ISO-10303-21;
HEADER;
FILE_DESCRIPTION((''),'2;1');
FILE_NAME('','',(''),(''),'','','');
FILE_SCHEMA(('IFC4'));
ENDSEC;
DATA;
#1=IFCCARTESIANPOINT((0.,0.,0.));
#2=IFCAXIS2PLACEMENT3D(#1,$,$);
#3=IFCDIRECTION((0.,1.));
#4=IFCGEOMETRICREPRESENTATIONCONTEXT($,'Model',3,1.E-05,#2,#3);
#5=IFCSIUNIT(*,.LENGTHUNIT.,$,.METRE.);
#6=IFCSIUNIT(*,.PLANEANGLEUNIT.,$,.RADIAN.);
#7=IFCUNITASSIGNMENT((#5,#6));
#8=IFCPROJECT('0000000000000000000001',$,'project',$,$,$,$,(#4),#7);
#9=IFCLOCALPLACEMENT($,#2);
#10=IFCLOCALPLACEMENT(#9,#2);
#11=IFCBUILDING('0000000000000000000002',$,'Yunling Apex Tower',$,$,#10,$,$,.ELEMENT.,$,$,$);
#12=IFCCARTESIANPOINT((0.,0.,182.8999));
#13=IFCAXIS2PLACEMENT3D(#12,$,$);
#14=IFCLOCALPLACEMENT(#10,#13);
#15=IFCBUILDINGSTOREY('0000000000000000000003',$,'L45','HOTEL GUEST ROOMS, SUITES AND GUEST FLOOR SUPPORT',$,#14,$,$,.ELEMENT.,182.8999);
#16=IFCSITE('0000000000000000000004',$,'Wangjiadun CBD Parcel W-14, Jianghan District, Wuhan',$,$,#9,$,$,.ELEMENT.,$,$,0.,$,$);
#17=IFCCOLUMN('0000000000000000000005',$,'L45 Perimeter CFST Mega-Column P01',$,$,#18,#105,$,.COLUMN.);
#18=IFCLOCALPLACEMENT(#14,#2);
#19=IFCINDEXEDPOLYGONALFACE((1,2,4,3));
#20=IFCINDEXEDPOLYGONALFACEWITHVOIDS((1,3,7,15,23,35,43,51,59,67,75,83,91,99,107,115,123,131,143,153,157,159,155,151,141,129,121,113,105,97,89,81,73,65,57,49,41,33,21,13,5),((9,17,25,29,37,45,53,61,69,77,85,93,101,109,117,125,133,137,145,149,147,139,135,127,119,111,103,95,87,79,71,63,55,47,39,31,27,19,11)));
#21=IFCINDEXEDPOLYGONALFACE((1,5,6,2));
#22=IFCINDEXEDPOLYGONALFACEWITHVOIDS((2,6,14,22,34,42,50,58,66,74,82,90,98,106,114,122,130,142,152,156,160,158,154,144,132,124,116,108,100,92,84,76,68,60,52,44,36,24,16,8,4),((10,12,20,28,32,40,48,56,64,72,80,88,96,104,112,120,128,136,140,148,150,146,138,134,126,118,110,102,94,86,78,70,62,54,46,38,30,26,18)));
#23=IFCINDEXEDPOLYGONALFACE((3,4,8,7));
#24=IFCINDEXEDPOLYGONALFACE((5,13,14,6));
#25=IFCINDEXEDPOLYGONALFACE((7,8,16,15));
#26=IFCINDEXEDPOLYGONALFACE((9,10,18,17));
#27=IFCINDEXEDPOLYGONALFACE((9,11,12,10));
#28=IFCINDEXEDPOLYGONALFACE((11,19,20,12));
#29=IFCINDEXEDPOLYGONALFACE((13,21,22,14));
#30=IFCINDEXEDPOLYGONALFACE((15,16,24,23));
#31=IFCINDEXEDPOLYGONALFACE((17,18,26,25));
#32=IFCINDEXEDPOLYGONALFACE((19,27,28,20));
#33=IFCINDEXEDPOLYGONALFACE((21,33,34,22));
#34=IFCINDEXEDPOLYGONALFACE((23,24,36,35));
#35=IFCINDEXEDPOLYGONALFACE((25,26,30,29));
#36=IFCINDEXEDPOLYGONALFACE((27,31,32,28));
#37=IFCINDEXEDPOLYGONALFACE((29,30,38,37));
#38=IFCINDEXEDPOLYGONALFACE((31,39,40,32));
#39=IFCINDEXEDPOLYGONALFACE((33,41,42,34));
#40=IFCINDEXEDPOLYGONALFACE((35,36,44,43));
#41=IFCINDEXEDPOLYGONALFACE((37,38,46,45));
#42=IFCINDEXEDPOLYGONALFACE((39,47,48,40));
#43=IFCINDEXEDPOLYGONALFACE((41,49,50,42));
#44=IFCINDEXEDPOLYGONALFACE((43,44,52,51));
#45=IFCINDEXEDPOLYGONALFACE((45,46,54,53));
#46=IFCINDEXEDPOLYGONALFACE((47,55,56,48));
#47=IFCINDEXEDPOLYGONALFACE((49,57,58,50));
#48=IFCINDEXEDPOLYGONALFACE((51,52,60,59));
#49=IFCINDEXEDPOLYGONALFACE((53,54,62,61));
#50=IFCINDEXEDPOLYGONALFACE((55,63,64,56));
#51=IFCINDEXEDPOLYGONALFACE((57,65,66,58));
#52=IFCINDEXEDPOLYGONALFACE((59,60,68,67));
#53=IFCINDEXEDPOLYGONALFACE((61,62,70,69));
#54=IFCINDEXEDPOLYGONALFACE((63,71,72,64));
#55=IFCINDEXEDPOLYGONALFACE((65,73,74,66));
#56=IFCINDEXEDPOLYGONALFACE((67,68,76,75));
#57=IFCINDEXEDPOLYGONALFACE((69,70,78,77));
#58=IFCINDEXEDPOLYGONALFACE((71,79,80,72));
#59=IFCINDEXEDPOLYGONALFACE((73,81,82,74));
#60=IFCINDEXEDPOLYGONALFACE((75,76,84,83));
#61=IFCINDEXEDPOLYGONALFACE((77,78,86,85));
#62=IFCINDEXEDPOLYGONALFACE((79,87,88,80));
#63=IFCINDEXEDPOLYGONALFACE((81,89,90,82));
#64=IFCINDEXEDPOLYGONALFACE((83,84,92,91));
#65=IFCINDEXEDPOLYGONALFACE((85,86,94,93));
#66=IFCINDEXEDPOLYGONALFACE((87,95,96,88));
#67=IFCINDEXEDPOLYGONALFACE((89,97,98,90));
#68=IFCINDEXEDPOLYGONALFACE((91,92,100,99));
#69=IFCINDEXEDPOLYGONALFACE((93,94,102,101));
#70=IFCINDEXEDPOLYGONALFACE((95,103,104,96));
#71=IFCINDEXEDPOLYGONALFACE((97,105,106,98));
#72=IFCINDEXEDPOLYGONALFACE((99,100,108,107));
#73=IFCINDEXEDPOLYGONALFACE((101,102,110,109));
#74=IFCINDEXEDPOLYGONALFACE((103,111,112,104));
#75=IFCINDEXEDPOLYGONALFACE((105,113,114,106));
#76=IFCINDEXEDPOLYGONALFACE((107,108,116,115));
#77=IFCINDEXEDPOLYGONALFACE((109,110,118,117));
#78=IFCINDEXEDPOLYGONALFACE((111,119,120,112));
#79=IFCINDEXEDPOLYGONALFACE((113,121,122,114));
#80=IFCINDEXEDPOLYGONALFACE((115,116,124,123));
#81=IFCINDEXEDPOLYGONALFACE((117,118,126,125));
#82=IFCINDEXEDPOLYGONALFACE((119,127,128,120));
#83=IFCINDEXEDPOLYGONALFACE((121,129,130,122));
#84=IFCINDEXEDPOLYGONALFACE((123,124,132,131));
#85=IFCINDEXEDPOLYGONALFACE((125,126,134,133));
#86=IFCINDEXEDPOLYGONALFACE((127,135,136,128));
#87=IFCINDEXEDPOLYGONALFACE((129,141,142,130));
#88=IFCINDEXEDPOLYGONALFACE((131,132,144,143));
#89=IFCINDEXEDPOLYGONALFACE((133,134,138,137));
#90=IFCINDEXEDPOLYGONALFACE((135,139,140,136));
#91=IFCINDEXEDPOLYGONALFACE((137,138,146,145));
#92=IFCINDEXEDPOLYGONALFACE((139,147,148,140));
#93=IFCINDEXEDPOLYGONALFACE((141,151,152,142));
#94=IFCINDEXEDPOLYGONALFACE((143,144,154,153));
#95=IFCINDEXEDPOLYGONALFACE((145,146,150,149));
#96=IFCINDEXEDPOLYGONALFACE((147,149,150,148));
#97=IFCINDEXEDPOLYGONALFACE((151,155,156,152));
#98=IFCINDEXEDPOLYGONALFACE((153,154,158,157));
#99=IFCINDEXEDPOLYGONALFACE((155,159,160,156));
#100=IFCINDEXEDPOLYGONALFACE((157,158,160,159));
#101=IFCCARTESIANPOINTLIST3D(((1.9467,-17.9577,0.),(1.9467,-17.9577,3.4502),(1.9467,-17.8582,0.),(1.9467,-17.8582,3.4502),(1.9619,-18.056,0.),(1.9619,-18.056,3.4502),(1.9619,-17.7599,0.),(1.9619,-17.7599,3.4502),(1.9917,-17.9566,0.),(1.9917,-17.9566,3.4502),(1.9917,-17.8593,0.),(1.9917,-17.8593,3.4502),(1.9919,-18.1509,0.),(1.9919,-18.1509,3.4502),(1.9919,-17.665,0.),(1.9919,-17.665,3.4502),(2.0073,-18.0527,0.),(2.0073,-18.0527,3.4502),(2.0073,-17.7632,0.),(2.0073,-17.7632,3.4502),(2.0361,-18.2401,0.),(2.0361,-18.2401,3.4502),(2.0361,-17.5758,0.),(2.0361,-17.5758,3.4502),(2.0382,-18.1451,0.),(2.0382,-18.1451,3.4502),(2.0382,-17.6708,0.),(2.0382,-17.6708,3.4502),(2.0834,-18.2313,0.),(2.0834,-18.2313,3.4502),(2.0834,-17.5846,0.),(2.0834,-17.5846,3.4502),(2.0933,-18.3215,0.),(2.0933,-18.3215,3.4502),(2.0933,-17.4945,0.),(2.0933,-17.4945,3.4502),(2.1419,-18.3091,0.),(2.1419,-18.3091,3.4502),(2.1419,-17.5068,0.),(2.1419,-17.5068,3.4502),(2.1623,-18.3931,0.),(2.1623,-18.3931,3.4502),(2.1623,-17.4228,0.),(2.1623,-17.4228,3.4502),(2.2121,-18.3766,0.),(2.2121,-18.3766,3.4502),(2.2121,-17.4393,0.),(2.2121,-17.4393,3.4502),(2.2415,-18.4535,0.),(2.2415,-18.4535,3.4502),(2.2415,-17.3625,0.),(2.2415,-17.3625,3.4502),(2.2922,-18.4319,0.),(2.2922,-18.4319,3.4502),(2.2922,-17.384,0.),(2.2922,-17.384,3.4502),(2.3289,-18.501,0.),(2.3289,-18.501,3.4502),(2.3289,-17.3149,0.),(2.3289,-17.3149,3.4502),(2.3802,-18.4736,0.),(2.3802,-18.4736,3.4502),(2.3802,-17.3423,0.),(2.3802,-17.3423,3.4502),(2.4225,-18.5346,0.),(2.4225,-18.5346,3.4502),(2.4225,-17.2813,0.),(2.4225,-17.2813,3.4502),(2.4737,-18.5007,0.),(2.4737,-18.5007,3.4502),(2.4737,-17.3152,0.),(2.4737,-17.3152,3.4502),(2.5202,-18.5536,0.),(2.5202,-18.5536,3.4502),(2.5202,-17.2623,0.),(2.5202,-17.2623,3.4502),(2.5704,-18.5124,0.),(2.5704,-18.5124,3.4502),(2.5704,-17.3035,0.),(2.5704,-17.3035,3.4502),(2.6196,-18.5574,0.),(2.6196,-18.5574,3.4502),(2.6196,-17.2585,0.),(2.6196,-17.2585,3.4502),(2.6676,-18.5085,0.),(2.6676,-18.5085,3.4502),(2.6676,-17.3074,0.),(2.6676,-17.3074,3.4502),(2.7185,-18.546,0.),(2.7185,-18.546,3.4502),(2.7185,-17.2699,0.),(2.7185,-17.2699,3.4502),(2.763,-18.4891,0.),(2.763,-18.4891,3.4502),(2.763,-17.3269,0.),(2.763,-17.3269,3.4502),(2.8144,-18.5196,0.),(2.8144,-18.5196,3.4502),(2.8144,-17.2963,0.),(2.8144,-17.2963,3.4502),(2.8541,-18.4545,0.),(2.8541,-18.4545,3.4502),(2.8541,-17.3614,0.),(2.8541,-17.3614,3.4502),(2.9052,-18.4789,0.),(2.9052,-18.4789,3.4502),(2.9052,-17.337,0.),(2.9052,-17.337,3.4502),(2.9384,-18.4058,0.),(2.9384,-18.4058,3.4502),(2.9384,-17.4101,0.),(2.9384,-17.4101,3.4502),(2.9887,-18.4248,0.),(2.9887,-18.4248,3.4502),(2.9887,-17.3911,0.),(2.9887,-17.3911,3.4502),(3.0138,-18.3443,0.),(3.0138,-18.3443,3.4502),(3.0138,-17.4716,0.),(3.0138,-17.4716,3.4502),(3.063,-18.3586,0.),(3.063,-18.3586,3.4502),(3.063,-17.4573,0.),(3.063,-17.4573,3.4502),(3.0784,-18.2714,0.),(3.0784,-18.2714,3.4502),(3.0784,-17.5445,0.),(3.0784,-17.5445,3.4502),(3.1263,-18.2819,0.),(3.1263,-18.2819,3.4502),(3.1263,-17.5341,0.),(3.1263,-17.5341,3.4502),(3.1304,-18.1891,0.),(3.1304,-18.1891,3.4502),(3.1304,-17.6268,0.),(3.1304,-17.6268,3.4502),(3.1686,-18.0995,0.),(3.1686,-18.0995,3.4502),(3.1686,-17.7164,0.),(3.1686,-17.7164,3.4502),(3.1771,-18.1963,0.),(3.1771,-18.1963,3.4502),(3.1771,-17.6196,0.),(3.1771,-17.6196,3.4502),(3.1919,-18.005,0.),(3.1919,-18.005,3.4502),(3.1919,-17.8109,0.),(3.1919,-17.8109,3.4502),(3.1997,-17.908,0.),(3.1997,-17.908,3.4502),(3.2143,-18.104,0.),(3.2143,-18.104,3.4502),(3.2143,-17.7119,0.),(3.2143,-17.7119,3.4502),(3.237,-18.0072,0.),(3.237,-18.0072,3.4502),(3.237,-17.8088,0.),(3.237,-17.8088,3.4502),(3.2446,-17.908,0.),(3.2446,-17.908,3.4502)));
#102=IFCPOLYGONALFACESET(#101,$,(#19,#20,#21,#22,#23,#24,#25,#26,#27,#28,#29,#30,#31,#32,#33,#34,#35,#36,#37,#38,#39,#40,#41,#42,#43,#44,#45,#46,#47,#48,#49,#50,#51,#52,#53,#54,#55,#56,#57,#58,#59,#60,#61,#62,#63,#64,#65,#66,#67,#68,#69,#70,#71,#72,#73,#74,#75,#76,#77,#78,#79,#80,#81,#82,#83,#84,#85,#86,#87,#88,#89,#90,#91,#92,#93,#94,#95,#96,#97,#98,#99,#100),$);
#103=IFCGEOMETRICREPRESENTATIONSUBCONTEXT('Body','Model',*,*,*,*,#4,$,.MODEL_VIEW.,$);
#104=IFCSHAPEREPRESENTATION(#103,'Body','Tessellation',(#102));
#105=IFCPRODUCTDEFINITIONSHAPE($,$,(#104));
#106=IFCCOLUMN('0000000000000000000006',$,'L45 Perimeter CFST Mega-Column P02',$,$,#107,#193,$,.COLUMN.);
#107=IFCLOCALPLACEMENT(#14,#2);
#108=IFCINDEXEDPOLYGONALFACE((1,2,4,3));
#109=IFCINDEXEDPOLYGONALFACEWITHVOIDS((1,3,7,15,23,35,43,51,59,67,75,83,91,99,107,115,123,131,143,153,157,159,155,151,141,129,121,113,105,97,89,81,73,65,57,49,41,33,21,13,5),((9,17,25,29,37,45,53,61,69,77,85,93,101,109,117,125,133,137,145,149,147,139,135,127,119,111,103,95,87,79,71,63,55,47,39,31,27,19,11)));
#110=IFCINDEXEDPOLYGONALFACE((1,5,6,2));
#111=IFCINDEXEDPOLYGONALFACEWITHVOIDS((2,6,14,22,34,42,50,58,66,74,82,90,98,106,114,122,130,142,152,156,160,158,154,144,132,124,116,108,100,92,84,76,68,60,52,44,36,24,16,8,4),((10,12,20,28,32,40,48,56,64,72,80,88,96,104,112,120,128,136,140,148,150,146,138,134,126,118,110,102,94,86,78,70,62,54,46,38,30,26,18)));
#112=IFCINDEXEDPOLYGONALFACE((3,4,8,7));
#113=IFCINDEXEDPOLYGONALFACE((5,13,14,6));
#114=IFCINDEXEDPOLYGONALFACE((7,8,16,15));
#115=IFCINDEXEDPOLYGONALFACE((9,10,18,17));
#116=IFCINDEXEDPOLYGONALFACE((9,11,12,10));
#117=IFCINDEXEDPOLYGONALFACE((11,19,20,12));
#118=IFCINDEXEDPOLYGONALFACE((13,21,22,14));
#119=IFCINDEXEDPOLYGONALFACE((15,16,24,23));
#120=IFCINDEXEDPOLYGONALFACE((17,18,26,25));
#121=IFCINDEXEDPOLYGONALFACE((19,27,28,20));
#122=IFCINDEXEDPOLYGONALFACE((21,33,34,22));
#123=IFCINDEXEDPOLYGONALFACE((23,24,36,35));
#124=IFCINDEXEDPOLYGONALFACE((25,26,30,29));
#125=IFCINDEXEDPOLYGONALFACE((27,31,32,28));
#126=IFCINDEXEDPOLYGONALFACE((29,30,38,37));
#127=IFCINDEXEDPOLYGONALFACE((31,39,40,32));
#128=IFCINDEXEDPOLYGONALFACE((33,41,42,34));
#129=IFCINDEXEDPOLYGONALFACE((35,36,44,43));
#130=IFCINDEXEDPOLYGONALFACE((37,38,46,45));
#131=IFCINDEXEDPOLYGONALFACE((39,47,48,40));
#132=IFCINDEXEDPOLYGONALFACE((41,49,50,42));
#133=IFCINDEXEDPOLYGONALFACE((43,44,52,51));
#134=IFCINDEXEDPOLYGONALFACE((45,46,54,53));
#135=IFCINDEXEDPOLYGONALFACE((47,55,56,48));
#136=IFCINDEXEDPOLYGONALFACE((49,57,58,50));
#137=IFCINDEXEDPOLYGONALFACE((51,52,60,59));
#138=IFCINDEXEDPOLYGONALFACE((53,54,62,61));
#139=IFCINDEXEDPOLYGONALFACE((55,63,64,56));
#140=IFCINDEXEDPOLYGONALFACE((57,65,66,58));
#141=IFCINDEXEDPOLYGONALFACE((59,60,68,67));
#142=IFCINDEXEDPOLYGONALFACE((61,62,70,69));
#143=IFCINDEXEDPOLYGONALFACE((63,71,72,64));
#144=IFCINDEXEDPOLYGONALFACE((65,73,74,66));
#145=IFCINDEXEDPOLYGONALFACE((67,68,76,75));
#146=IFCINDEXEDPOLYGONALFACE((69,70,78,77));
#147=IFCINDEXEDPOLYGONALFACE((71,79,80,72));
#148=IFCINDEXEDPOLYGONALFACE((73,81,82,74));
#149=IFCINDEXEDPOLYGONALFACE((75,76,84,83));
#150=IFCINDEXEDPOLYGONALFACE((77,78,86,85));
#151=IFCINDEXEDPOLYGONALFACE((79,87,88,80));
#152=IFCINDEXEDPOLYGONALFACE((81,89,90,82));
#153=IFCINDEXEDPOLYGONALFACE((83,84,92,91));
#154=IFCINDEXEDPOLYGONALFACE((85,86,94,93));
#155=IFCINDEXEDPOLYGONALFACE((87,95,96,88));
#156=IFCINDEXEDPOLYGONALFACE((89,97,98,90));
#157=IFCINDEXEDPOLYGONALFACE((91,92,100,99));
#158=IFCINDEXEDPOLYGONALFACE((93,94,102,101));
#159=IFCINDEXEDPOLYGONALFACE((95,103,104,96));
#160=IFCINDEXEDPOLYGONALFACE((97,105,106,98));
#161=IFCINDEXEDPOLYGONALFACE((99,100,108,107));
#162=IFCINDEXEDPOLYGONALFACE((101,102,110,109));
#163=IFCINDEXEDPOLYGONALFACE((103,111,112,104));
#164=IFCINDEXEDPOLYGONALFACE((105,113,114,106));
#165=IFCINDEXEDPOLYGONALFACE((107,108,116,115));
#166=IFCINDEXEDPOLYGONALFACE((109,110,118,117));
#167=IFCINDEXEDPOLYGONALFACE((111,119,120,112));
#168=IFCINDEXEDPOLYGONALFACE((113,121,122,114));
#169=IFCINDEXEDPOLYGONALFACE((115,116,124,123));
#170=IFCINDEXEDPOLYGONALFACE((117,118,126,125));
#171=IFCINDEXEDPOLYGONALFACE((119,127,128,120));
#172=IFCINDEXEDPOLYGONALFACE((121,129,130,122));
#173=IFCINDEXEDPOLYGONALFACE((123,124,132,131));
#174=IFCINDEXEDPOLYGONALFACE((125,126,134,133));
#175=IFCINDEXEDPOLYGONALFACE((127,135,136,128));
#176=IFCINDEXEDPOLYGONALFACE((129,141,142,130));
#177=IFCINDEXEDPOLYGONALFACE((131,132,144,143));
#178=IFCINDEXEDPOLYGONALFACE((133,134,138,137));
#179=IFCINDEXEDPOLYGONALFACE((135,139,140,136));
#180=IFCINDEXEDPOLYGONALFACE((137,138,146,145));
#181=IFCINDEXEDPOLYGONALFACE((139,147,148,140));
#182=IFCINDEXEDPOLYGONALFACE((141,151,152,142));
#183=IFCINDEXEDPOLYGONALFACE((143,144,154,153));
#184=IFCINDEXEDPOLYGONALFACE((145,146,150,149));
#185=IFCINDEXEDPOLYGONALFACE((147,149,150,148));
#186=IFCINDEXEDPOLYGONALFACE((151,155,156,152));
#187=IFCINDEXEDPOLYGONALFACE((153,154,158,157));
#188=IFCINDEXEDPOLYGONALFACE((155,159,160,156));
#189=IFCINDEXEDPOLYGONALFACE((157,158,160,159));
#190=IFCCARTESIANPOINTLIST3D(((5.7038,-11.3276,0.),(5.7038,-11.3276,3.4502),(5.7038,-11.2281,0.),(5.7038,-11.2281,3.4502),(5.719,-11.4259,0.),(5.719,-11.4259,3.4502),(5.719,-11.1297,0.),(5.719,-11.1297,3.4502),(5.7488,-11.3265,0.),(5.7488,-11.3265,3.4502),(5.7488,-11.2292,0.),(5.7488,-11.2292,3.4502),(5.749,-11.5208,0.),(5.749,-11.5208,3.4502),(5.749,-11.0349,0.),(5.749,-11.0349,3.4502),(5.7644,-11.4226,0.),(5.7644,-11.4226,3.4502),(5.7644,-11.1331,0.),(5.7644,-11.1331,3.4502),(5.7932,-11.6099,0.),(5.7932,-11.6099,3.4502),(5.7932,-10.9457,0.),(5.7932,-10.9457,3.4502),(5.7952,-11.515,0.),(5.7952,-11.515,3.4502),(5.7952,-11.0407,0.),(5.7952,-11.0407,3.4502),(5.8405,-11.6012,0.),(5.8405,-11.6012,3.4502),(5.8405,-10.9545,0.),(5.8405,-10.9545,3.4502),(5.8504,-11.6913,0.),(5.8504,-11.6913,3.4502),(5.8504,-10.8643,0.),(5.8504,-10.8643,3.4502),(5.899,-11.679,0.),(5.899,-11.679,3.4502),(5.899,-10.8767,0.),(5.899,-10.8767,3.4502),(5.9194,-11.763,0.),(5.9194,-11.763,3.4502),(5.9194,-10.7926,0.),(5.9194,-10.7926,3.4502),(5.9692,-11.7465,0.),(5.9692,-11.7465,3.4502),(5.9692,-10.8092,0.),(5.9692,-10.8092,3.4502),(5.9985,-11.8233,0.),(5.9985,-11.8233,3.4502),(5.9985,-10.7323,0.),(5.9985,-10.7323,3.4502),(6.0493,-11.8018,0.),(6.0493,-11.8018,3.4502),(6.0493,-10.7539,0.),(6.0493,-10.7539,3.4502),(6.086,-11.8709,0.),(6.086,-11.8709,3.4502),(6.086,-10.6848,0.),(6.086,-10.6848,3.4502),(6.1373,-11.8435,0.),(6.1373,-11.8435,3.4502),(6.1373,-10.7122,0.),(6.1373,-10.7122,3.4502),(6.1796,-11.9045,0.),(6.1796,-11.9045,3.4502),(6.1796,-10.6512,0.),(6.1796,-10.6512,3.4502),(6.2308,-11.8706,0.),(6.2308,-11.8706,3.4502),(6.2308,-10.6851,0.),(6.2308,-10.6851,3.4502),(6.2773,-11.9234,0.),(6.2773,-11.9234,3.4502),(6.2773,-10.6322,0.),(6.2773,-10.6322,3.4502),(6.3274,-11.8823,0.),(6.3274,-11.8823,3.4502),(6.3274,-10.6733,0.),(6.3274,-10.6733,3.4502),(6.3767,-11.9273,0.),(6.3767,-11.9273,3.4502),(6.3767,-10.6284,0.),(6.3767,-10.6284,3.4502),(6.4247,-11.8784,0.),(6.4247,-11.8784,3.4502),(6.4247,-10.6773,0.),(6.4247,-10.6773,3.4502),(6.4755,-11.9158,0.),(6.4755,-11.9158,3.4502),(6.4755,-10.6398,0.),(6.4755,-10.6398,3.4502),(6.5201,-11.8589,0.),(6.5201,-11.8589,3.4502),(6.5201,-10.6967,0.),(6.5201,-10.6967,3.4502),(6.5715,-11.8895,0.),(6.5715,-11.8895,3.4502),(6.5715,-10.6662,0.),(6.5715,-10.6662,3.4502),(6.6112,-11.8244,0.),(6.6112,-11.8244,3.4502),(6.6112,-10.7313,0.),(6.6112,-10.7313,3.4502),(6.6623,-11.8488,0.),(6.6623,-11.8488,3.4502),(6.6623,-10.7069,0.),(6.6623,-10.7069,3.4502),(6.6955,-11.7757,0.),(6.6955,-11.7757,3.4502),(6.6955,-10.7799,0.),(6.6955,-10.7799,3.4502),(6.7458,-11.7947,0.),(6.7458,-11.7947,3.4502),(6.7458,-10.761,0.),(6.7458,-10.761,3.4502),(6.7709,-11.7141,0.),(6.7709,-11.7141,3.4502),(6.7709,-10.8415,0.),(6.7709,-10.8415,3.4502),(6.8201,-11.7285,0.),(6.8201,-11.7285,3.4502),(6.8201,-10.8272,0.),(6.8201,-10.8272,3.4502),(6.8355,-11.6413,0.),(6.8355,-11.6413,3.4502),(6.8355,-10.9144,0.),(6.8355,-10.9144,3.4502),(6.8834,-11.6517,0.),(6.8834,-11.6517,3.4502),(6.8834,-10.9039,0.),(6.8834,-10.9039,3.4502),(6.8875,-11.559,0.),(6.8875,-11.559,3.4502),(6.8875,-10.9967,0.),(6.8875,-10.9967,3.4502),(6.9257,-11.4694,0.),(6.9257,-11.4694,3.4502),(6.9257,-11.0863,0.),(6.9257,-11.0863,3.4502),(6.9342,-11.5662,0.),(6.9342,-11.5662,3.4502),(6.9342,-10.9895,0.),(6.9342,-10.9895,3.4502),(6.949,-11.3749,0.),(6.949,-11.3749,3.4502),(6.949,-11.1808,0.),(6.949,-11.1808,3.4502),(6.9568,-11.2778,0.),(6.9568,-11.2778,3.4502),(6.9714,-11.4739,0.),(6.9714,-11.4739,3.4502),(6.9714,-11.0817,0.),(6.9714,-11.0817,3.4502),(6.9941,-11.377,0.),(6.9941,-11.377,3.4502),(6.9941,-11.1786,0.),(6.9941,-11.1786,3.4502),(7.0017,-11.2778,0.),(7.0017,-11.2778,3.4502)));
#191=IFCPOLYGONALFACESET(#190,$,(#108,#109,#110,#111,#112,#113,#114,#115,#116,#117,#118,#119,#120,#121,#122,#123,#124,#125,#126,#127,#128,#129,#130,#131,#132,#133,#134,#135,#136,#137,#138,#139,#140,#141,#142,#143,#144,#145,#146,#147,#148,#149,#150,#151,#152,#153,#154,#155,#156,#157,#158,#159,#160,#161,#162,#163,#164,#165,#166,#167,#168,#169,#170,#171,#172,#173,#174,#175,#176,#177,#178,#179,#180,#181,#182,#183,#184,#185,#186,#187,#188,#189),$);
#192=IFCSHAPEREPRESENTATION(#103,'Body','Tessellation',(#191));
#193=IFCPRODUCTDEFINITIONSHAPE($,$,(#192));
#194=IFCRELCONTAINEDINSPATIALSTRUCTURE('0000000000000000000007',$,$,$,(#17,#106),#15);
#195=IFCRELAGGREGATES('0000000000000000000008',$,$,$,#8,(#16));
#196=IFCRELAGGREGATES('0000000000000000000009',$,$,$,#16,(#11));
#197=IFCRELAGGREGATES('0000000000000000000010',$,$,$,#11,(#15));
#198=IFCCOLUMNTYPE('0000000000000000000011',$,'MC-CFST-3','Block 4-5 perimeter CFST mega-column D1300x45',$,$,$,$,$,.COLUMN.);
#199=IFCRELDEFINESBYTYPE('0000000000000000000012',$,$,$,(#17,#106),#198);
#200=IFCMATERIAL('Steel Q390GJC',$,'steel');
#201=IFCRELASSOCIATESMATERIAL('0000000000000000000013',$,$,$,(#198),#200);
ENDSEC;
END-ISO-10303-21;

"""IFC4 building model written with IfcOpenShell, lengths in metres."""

from ifc_helpers import new_model, si_unit, direction, frame, origin, origin_2d, place, context, subcontext, project, spatial, hollow_circle, extrude, source, transform, mapped, material, material_profile, profile_set, type_object, element, save


model = new_model("IFC4")

# Units and contexts
model_context = context("Model", 3, precision=1e-05, world=origin(), true_north=direction((0.0, 1.0)))
body_context = subcontext(model_context, "Body", "Model", "MODEL_VIEW")
ifc_project = project(units=[si_unit("LENGTHUNIT", "METRE"), si_unit("PLANEANGLEUNIT", "RADIAN")], contexts=[model_context])

# Site, building, storey
site_placement = place(None, origin())
site = spatial("IfcSite", under=ifc_project, at=site_placement, Name="Wangjiadun CBD Parcel W-14, Jianghan District, Wuhan", CompositionType="ELEMENT", RefElevation=0.0)
building_placement = place(site_placement, origin())
building = spatial("IfcBuilding", under=site, at=building_placement, Name="Yunling Apex Tower", CompositionType="ELEMENT")
storey_placement = place(building_placement, frame((0.0, 0.0, 182.8999)))
storey = spatial("IfcBuildingStorey", under=building, at=storey_placement, Name="L45", Description="HOTEL GUEST ROOMS, SUITES AND GUEST FLOOR SUPPORT", CompositionType="ELEMENT", Elevation=182.8999)

# Columns
ifc_material_1 = material(Name="Steel Q390GJC", Category="steel")
ifc_material_profile_1 = material_profile(ifc_material_1, hollow_circle(Radius=0.6499, WallThickness=0.0449, at=origin_2d()))
ifc_profile_set_1 = profile_set([ifc_material_profile_1], Name="Steel Q390GJC")
column_type = type_object("IfcColumnType", Name="MC-CFST-3", Description="Block 4-5 perimeter CFST mega-column D1300x45", PredefinedType="COLUMN", material=ifc_profile_set_1)
shared_shape_1 = source(origin(), body_context, "Body", "SweptSolid", [
    extrude(hollow_circle(Radius=0.6499, WallThickness=0.0449, at=origin_2d()), origin(), (0.0, 0.0, 1.0), 3.4502),
])
for number, where, z_axis, x_axis, name in (
    (1, (2.5947, -17.908, 0.0), (0.0, 0.0, 1.0), (1.0, 0.0, 0.0), "L45 Perimeter CFST Mega-Column P01"),
    (2, (6.3518, -11.2778, 0.0), (0.0, 0.0, 1.0), (1.0, 0.0, 0.0), "L45 Perimeter CFST Mega-Column P02"),
):
    element("IfcColumn", number, at=place(storey_placement, frame(where, z_axis=z_axis, x_axis=x_axis)), inside=storey, type_object=column_type, Name=name, PredefinedType="COLUMN", context=body_context, shape_type="MappedRepresentation", body=[
        mapped(shared_shape_1, transform((0.0, 0.0, 0.0), scale=1.0)),
    ])

save(model, "model.ifc")
